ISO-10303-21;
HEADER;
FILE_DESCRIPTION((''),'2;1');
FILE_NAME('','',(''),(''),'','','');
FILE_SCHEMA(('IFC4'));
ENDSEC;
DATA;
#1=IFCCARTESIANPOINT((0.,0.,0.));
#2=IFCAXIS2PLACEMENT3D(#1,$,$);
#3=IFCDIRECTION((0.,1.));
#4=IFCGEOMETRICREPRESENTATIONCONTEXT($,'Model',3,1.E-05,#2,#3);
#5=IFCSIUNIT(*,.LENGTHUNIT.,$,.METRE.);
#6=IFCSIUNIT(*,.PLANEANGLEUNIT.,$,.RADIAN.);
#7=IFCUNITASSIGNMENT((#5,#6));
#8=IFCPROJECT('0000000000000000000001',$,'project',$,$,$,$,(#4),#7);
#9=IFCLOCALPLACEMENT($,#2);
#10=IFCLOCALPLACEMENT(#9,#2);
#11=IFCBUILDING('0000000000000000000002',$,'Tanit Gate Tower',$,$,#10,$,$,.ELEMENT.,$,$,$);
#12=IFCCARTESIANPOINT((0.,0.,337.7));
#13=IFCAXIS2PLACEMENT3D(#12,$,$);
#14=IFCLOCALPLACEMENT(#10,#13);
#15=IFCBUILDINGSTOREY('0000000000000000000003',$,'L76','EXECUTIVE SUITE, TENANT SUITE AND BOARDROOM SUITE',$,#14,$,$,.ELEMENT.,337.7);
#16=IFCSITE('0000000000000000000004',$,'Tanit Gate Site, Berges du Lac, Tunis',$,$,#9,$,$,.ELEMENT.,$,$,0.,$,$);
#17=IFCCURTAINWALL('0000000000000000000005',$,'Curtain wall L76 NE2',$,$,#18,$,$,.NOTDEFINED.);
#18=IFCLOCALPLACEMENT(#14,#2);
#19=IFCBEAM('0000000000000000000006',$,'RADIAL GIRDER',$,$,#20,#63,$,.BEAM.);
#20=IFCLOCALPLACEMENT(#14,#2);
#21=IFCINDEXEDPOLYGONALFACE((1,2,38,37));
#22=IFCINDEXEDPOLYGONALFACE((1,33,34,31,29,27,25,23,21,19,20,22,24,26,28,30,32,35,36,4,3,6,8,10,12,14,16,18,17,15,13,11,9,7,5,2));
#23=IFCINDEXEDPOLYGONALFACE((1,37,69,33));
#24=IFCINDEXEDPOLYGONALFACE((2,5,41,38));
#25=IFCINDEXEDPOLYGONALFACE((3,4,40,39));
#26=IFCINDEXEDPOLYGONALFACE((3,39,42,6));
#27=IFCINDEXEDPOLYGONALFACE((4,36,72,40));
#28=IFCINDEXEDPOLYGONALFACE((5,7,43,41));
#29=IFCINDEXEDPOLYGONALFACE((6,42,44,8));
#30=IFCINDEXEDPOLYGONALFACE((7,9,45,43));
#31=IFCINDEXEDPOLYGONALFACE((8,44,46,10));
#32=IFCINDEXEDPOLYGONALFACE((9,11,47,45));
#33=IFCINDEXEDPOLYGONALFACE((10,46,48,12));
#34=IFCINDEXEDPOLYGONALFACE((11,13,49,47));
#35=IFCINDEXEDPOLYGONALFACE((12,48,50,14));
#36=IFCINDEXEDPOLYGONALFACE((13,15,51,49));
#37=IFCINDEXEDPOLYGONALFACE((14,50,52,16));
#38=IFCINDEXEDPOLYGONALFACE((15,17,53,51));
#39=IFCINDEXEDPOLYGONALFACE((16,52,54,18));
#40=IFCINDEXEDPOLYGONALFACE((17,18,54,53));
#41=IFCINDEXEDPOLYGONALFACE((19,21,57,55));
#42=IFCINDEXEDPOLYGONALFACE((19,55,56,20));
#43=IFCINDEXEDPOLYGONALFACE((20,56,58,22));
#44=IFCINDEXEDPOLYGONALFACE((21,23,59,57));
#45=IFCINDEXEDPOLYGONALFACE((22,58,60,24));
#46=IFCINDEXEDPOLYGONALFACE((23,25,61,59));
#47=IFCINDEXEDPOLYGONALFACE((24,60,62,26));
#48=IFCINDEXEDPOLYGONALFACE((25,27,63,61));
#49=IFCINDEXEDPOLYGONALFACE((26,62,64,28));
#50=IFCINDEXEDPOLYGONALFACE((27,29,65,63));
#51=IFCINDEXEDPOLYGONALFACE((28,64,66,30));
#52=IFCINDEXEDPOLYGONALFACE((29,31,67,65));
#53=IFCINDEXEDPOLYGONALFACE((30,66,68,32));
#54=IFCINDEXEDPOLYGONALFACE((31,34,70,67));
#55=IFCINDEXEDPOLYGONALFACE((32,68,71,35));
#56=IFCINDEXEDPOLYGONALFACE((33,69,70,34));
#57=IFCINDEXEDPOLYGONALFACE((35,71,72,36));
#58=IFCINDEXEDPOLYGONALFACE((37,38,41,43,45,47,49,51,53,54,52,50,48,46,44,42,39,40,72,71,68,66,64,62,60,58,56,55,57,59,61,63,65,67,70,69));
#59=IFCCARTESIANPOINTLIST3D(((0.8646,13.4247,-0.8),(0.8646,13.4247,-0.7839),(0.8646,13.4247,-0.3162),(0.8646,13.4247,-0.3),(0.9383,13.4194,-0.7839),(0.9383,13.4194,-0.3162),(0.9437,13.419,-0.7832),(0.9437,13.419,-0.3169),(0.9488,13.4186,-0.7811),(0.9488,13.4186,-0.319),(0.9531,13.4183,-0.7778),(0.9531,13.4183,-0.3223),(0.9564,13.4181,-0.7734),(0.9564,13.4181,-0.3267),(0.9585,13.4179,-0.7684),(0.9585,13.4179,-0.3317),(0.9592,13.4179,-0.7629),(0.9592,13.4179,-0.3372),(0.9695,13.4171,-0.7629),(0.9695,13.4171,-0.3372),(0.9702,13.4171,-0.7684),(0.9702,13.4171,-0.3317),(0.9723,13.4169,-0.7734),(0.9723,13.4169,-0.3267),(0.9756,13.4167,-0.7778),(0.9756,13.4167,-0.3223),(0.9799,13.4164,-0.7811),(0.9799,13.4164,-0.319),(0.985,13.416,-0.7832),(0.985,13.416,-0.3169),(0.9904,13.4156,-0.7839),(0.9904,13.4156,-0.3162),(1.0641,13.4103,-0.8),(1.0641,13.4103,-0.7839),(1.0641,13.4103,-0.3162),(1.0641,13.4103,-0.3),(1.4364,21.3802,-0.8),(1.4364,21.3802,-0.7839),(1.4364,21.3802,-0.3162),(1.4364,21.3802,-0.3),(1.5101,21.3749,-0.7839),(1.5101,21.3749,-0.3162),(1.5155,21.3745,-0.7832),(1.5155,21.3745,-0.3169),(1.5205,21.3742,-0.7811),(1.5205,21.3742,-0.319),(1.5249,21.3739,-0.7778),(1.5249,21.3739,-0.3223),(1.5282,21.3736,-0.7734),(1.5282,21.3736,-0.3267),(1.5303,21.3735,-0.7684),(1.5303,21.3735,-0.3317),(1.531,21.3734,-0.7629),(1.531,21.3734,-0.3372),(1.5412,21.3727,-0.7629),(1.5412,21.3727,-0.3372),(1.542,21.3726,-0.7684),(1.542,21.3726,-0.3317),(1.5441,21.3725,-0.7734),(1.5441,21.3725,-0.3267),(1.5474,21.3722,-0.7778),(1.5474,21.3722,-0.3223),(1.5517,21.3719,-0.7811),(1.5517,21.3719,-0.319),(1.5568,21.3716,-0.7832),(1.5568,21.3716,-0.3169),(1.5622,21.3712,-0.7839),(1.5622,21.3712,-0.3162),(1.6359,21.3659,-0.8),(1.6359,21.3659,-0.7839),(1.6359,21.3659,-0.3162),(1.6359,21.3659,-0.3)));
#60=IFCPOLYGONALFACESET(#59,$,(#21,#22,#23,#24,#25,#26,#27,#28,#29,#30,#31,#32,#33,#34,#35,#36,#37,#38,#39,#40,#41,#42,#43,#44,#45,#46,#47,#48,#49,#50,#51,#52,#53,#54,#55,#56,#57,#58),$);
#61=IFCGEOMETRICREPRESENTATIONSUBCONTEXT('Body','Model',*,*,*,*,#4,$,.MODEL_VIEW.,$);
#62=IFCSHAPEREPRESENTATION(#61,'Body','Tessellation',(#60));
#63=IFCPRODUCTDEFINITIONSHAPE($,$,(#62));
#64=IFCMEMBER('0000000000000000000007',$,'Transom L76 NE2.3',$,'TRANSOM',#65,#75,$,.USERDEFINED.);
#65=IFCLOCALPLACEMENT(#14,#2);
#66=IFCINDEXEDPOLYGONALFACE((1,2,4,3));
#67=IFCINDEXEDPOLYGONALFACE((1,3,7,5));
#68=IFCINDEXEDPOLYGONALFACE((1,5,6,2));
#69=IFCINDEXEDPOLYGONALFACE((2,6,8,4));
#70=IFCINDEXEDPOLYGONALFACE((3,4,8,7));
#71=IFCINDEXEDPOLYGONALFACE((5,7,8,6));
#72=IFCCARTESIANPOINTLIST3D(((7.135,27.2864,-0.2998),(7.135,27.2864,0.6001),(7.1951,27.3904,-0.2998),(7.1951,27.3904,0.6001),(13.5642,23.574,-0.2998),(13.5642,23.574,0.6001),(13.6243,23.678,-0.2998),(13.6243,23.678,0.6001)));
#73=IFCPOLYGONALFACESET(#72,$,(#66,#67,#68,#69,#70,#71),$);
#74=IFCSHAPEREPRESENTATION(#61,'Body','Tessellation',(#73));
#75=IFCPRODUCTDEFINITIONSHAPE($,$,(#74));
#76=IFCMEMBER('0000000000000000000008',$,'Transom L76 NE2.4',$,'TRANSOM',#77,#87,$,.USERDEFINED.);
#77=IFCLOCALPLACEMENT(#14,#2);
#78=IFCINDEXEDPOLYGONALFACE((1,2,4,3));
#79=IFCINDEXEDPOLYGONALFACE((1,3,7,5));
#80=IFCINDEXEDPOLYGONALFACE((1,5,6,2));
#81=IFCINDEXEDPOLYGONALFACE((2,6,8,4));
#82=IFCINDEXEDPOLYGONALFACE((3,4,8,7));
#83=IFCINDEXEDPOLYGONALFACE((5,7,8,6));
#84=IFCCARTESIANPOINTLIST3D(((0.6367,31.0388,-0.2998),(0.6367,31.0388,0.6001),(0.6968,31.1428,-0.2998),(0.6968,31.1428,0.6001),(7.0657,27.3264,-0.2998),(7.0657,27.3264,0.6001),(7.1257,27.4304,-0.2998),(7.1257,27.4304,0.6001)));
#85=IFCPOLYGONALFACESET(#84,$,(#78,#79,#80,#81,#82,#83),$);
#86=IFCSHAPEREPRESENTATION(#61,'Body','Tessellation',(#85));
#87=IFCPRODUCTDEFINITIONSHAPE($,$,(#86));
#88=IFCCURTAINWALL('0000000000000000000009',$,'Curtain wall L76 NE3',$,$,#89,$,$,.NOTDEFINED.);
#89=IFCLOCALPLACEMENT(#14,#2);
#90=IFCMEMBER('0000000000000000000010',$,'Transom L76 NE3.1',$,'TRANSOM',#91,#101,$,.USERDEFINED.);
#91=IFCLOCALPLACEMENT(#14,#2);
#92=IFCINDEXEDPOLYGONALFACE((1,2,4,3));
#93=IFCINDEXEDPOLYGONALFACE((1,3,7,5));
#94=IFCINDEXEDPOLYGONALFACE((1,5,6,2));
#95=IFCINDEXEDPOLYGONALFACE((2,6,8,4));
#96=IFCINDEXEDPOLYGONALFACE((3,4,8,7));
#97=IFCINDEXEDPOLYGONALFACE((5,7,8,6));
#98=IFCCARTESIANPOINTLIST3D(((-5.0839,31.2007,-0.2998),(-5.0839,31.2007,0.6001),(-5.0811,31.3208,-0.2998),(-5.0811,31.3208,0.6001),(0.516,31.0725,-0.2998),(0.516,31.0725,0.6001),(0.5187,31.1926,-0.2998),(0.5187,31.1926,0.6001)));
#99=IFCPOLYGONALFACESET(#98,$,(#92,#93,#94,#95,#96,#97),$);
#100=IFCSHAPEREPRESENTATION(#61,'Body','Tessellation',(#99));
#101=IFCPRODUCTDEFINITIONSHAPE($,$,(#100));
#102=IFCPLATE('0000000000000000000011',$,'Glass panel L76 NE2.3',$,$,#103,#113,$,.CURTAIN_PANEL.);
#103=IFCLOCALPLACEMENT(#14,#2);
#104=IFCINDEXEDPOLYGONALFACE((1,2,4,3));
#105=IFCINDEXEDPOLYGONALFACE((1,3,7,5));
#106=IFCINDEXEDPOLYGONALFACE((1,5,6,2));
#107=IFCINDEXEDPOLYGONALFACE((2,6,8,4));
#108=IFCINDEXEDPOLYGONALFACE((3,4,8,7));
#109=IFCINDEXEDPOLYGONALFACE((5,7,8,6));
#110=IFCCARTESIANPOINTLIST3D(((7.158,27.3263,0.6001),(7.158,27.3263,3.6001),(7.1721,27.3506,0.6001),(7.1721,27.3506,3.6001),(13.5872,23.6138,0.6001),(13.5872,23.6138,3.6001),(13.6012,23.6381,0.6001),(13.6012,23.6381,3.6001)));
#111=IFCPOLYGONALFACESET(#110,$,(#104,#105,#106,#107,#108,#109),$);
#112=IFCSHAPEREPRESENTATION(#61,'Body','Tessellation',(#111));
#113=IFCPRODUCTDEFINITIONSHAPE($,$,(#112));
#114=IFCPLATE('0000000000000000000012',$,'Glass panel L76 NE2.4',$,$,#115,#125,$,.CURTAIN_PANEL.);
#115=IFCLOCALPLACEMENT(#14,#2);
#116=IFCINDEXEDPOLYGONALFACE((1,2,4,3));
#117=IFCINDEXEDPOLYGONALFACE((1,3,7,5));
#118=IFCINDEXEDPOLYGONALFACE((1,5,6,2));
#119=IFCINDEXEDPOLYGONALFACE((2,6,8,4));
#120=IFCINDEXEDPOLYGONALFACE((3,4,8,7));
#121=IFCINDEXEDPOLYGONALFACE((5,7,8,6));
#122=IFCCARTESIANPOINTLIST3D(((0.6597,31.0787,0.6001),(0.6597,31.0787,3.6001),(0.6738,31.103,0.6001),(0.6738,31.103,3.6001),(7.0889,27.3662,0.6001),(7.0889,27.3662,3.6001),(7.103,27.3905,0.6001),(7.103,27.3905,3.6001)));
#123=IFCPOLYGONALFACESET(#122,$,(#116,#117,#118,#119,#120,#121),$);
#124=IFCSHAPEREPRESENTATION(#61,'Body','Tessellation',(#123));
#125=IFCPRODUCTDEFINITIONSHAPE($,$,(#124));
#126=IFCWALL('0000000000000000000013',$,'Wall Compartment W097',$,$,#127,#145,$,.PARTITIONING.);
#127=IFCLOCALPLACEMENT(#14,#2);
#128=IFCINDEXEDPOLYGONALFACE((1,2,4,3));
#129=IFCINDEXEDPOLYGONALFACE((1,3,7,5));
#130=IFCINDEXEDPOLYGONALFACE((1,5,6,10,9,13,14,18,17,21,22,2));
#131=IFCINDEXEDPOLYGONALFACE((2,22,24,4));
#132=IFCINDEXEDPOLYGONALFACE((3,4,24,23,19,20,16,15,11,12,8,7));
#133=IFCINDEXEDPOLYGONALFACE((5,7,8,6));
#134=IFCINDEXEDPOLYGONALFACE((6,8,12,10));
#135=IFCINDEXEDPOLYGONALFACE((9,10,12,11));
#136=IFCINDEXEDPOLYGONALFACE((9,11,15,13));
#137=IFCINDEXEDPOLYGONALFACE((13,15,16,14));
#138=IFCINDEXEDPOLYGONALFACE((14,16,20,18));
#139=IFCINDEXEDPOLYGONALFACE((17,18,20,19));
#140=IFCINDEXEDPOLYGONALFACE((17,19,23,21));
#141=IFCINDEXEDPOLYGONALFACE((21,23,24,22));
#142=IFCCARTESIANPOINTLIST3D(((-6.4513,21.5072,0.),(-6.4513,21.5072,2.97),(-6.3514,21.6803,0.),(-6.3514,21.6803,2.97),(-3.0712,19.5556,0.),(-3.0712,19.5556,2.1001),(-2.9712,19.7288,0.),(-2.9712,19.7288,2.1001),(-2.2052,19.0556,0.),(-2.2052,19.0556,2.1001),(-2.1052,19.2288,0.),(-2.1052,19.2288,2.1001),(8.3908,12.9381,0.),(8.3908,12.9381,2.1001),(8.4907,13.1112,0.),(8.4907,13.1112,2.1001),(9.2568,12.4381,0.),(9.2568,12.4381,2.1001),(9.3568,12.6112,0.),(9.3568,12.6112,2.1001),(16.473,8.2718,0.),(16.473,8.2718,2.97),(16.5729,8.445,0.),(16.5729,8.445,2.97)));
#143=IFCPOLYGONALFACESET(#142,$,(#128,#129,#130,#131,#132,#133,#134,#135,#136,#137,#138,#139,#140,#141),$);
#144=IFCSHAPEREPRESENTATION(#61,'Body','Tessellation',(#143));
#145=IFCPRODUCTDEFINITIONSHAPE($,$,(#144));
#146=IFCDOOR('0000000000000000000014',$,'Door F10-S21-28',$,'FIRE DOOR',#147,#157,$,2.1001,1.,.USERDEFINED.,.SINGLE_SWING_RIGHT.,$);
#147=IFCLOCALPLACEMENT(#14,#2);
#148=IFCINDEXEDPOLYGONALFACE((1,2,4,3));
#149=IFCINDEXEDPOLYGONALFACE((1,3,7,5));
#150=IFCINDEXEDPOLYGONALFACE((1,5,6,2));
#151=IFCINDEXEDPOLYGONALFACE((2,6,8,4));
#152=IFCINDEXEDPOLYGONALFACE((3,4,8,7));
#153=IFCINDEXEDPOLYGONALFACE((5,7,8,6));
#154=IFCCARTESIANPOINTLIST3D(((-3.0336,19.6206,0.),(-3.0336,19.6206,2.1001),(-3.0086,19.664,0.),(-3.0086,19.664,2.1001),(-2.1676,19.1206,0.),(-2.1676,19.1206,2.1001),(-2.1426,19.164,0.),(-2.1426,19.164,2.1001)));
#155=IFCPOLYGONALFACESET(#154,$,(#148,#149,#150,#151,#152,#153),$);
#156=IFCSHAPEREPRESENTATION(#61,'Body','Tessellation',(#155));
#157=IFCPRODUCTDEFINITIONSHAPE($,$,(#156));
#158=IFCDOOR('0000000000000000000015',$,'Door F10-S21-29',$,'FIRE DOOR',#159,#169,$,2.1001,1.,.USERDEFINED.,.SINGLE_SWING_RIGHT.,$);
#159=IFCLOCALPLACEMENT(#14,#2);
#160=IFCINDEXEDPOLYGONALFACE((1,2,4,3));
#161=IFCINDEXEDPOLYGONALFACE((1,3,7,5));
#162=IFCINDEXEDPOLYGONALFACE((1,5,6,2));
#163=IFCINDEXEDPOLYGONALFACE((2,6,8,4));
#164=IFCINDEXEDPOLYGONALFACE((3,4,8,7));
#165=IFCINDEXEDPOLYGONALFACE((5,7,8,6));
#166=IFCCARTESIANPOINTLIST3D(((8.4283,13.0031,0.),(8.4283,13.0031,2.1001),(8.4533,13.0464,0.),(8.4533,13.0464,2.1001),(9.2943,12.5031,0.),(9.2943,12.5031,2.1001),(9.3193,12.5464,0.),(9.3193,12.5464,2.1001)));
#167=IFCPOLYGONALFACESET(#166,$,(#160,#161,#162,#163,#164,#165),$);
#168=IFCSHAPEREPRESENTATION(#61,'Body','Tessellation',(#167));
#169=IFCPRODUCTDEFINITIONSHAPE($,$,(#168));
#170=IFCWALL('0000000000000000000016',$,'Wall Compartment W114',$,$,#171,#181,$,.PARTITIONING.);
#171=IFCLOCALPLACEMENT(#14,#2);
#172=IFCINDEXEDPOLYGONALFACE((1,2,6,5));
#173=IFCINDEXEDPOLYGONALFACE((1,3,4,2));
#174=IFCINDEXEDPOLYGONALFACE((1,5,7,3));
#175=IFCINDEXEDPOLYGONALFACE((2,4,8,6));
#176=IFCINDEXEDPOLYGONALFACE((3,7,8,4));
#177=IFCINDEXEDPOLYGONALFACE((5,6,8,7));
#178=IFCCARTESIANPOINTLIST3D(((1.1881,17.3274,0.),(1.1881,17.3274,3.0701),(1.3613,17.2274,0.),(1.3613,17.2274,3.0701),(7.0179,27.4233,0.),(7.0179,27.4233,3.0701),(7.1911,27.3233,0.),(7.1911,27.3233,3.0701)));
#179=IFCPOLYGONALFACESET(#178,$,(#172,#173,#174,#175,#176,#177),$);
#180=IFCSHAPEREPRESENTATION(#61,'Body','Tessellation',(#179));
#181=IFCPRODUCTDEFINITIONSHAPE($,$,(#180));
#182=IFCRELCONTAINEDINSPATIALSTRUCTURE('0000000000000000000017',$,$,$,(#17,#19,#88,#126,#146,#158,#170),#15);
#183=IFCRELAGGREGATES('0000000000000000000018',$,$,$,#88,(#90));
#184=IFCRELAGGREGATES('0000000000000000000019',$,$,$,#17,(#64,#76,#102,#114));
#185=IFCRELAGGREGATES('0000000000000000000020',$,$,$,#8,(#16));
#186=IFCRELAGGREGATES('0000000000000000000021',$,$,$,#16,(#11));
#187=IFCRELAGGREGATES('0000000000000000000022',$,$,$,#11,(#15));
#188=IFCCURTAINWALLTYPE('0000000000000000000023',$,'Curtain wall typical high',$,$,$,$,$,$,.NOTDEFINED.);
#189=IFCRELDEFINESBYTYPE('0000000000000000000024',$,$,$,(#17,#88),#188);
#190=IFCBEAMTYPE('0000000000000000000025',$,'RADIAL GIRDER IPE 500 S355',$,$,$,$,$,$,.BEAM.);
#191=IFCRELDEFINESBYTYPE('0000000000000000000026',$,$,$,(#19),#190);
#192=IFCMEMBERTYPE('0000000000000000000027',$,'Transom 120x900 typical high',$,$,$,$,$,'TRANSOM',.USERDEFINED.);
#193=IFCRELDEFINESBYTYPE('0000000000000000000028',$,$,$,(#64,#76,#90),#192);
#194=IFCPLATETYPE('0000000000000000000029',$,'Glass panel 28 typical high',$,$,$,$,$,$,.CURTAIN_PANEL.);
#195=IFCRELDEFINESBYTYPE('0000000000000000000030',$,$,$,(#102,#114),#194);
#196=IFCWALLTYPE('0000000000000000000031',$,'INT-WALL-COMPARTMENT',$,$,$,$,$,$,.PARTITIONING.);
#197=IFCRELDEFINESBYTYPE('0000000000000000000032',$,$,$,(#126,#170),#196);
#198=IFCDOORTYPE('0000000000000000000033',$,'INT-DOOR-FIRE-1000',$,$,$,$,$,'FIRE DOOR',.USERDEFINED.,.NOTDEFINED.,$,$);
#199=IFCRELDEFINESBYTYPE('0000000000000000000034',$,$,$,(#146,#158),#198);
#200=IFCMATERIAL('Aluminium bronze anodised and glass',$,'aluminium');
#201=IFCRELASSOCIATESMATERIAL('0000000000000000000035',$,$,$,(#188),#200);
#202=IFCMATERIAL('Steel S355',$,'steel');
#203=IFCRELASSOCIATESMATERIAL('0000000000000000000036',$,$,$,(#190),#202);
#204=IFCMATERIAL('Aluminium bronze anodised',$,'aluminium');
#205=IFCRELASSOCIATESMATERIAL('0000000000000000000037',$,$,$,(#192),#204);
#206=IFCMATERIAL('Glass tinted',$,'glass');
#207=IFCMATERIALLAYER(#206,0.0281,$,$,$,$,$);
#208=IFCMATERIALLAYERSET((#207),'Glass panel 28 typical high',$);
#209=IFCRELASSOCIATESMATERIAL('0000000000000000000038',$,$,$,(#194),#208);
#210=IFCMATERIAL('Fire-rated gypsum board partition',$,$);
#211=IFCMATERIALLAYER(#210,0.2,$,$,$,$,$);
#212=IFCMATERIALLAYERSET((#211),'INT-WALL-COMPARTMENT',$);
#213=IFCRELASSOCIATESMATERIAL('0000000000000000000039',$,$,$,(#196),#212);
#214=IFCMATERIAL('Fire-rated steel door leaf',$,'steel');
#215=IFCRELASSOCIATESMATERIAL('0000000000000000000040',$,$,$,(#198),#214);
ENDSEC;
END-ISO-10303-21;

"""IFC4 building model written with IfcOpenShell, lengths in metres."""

from ifc_helpers import new_model, si_unit, direction, frame, frame_2d, origin, origin_2d, place, context, subcontext, project, spatial, rectangle, i_section, extrude, material, layer, layer_set, material_profile, profile_set, type_object, element, fill, aggregate, save


model = new_model("IFC4")

# Units and contexts
model_context = context("Model", 3, precision=1e-05, world=origin(), true_north=direction((0.0, 1.0)))
body_context = subcontext(model_context, "Body", "Model", "MODEL_VIEW")
ifc_project = project(units=[si_unit("LENGTHUNIT", "METRE"), si_unit("PLANEANGLEUNIT", "RADIAN")], contexts=[model_context])

# Site, building, storey
site_placement = place(None, origin())
site = spatial("IfcSite", under=ifc_project, at=site_placement, Name="Tanit Gate Site, Berges du Lac, Tunis", CompositionType="ELEMENT", RefElevation=0.0)
building_placement = place(site_placement, origin())
building = spatial("IfcBuilding", under=site, at=building_placement, Name="Tanit Gate Tower", CompositionType="ELEMENT")
storey_placement = place(building_placement, frame((0.0, 0.0, 337.7)))
storey = spatial("IfcBuildingStorey", under=building, at=storey_placement, Name="L76", Description="EXECUTIVE SUITE, TENANT SUITE AND BOARDROOM SUITE", CompositionType="ELEMENT", Elevation=337.7)

# Curtain wall
ifc_material_1 = material(Name="Aluminium bronze anodised and glass", Category="aluminium")
curtain_wall_type = type_object("IfcCurtainWallType", Name="Curtain wall typical high", PredefinedType="NOTDEFINED", material=ifc_material_1)
curtain_wall_1_placement = place(storey_placement, origin())
curtain_wall_1 = element("IfcCurtainWall", 1, at=curtain_wall_1_placement, inside=storey, type_object=curtain_wall_type, Name="Curtain wall L76 NE2", PredefinedType="NOTDEFINED")

# Beam
ifc_material_2 = material(Name="Steel S355", Category="steel")
ifc_material_profile_1 = material_profile(ifc_material_2, i_section(OverallWidth=0.2, OverallDepth=0.5, WebThickness=0.0103, FlangeThickness=0.0161, FilletRadius=0.021, at=origin_2d()), Name="IPE 500")
ifc_profile_set_1 = profile_set([ifc_material_profile_1], Name="Steel S355")
beam_type = type_object("IfcBeamType", Name="RADIAL GIRDER IPE 500 S355", PredefinedType="BEAM", material=ifc_profile_set_1)
beam_placement = place(storey_placement, frame((1.5361, 21.373, -0.55), z_axis=(-0.071686, -0.997427, 0.0), x_axis=(0.997427, -0.071686, 0.0)))
element("IfcBeam", 2, at=beam_placement, inside=storey, type_object=beam_type, Name="RADIAL GIRDER", PredefinedType="BEAM", context=body_context, shape_type="SweptSolid", body=[
    extrude(i_section(OverallWidth=0.2, OverallDepth=0.5, WebThickness=0.0103, FlangeThickness=0.0161, FilletRadius=0.021, at=origin_2d()), origin(), (0.0, 0.0, 1.0), 7.9761),
])

# Members
ifc_material_3 = material(Name="Aluminium bronze anodised", Category="aluminium")
ifc_material_profile_2 = material_profile(ifc_material_3, rectangle(XDim=0.1201, YDim=0.8999, at=origin_2d()), Name="120x900 bronze transom")
ifc_profile_set_2 = profile_set([ifc_material_profile_2], Name="Aluminium bronze anodised")
member_type_1 = type_object("IfcMemberType", Name="Transom 120x900 typical high", ElementType="TRANSOM", PredefinedType="USERDEFINED", material=ifc_profile_set_2)
member_1_placement = place(storey_placement, frame((13.5942, 23.626, 0.1501), z_axis=(-0.865996, 0.500051, 0.0), x_axis=(-0.500051, -0.865996, 0.0)))
member_1 = element("IfcMember", 3, at=member_1_placement, type_object=member_type_1, Name="Transom L76 NE2.3", ObjectType="TRANSOM", PredefinedType="USERDEFINED", context=body_context, shape_type="SweptSolid", body=[
    extrude(rectangle(XDim=0.1201, YDim=0.8999, at=origin_2d()), origin(), (0.0, 0.0, 1.0), 7.4241),
])
member_2_placement = place(storey_placement, frame((7.0957, 27.3784, 0.1501), z_axis=(-0.865988, 0.500065, 0.0), x_axis=(-0.500065, -0.865988, 0.0)))
member_2 = element("IfcMember", 4, at=member_2_placement, type_object=member_type_1, Name="Transom L76 NE2.4", ObjectType="TRANSOM", PredefinedType="USERDEFINED", context=body_context, shape_type="SweptSolid", body=[
    extrude(rectangle(XDim=0.1201, YDim=0.8999, at=origin_2d()), origin(), (0.0, 0.0, 1.0), 7.4238),
])

# Curtain wall, member
curtain_wall_2_placement = place(storey_placement, origin())
curtain_wall_2 = element("IfcCurtainWall", 5, at=curtain_wall_2_placement, inside=storey, type_object=curtain_wall_type, Name="Curtain wall L76 NE3", PredefinedType="NOTDEFINED")
member_3_placement = place(storey_placement, frame((0.5173, 31.1326, 0.1501), z_axis=(-0.999738, 0.022883, 0.0), x_axis=(-0.022883, -0.999738, 0.0)))
member_3 = element("IfcMember", 6, at=member_3_placement, type_object=member_type_1, Name="Transom L76 NE3.1", ObjectType="TRANSOM", PredefinedType="USERDEFINED", context=body_context, shape_type="SweptSolid", body=[
    extrude(rectangle(XDim=0.1201, YDim=0.8999, at=origin_2d()), origin(), (0.0, 0.0, 1.0), 5.6013),
])
aggregate(curtain_wall_2, [member_3])

# Plates
ifc_material_4 = material(Name="Glass tinted", Category="glass")
ifc_layer_1 = layer(ifc_material_4, 0.0281)
ifc_layer_set_1 = layer_set([ifc_layer_1], Name="Glass panel 28 typical high")
plate_type = type_object("IfcPlateType", Name="Glass panel 28 typical high", PredefinedType="CURTAIN_PANEL", material=ifc_layer_set_1)
plate_1_placement = place(storey_placement, frame((10.3796, 25.4822, 0.6001), z_axis=(0.0, 0.0, 1.0), x_axis=(-0.865991, 0.50006, 0.0)))
plate_1 = element("IfcPlate", 7, at=plate_1_placement, type_object=plate_type, Name="Glass panel L76 NE2.3", PredefinedType="CURTAIN_PANEL", context=body_context, shape_type="SweptSolid", body=[
    extrude(rectangle(XDim=7.4241, YDim=0.0281, at=origin_2d()), origin(), (0.0, 0.0, 1.0), 3.0),
])
plate_2_placement = place(storey_placement, frame((3.8813, 29.2346, 0.6001), z_axis=(0.0, 0.0, 1.0), x_axis=(-0.865991, 0.50006, 0.0)))
plate_2 = element("IfcPlate", 8, at=plate_2_placement, type_object=plate_type, Name="Glass panel L76 NE2.4", PredefinedType="CURTAIN_PANEL", context=body_context, shape_type="SweptSolid", body=[
    extrude(rectangle(XDim=7.4241, YDim=0.0281, at=origin_2d()), origin(), (0.0, 0.0, 1.0), 3.0),
])
aggregate(curtain_wall_1, [member_1, member_2, plate_1, plate_2])

# Wall, openings, doors
ifc_material_5 = material(Name="Fire-rated gypsum board partition")
ifc_layer_2 = layer(ifc_material_5, 0.2)
ifc_layer_set_2 = layer_set([ifc_layer_2], Name="INT-WALL-COMPARTMENT")
wall_type_1 = type_object("IfcWallType", Name="INT-WALL-COMPARTMENT", PredefinedType="PARTITIONING", material=ifc_layer_set_2)
wall_1_placement = place(storey_placement, frame((16.5229, 8.3584, 0.0), z_axis=(0.0, 0.0, 1.0), x_axis=(-0.866026, 0.5, 0.0)))
wall_1 = element("IfcWall", 9, at=wall_1_placement, inside=storey, type_object=wall_type_1, Name="Wall Compartment W097", PredefinedType="PARTITIONING", context=body_context, shape_type="SweptSolid", body=[
    extrude(rectangle(XDim=26.4707, YDim=0.2, at=frame_2d((13.2354, 0.0))), origin(), (0.0, 0.0, 1.0), 2.97),
])
opening_1_placement = place(wall_1_placement, frame((21.5676, 0.0, 0.0)))
opening_1 = element("IfcOpeningElement", 10, at=opening_1_placement, cuts=wall_1, PredefinedType="OPENING", context=body_context, shape_type="SweptSolid", body=[
    extrude(rectangle(XDim=1.0, YDim=2.1001, at=frame_2d((0.5, 1.05))), frame((0.0, 0.1099, 0.0), z_axis=(0.0, -1.0, 0.0), x_axis=(1.0, 0.0, 0.0)), (0.0, 0.0, 1.0), 0.22),
])
opening_2_placement = place(wall_1_placement, frame((8.3325, 0.0, 0.0)))
opening_2 = element("IfcOpeningElement", 11, at=opening_2_placement, cuts=wall_1, PredefinedType="OPENING", context=body_context, shape_type="SweptSolid", body=[
    extrude(rectangle(XDim=1.0, YDim=2.1001, at=frame_2d((0.5, 1.05))), frame((0.0, 0.1099, 0.0), z_axis=(0.0, -1.0, 0.0), x_axis=(1.0, 0.0, 0.0)), (0.0, 0.0, 1.0), 0.22),
])
ifc_material_6 = material(Name="Fire-rated steel door leaf", Category="steel")
door_type_1 = type_object("IfcDoorType", Name="INT-DOOR-FIRE-1000", ElementType="FIRE DOOR", OperationType="NOTDEFINED", PredefinedType="USERDEFINED", material=ifc_material_6)
door_1_placement = place(opening_1_placement, origin())
door_1 = element("IfcDoor", 12, at=door_1_placement, inside=storey, type_object=door_type_1, Name="Door F10-S21-28", ObjectType="FIRE DOOR", OperationType="SINGLE_SWING_RIGHT", OverallHeight=2.1001, OverallWidth=1.0, PredefinedType="USERDEFINED", context=body_context, shape_type="SweptSolid", body=[
    extrude(rectangle(XDim=1.0, YDim=2.1001, at=frame_2d((0.5, 1.05))), frame((0.0, 0.0249, 0.0), z_axis=(0.0, -1.0, 0.0), x_axis=(1.0, 0.0, 0.0)), (0.0, 0.0, 1.0), 0.05),
])
fill(opening_1, door_1)
door_2_placement = place(opening_2_placement, origin())
door_2 = element("IfcDoor", 13, at=door_2_placement, inside=storey, type_object=door_type_1, Name="Door F10-S21-29", ObjectType="FIRE DOOR", OperationType="SINGLE_SWING_RIGHT", OverallHeight=2.1001, OverallWidth=1.0, PredefinedType="USERDEFINED", context=body_context, shape_type="SweptSolid", body=[
    extrude(rectangle(XDim=1.0, YDim=2.1001, at=frame_2d((0.5, 1.05))), frame((0.0, 0.0249, 0.0), z_axis=(0.0, -1.0, 0.0), x_axis=(1.0, 0.0, 0.0)), (0.0, 0.0, 1.0), 0.05),
])
fill(opening_2, door_2)

# Wall
wall_2_placement = place(storey_placement, frame((7.1045, 27.3733, 0.0), z_axis=(0.0, 0.0, 1.0), x_axis=(-0.50006, -0.865991, 0.0)))
element("IfcWall", 14, at=wall_2_placement, inside=storey, type_object=wall_type_1, Name="Wall Compartment W114", PredefinedType="PARTITIONING", context=body_context, shape_type="SweptSolid", body=[
    extrude(rectangle(XDim=11.6582, YDim=0.2, at=frame_2d((5.8291, 0.0))), origin(), (0.0, 0.0, 1.0), 3.0701),
])

save(model, "model.ifc")
